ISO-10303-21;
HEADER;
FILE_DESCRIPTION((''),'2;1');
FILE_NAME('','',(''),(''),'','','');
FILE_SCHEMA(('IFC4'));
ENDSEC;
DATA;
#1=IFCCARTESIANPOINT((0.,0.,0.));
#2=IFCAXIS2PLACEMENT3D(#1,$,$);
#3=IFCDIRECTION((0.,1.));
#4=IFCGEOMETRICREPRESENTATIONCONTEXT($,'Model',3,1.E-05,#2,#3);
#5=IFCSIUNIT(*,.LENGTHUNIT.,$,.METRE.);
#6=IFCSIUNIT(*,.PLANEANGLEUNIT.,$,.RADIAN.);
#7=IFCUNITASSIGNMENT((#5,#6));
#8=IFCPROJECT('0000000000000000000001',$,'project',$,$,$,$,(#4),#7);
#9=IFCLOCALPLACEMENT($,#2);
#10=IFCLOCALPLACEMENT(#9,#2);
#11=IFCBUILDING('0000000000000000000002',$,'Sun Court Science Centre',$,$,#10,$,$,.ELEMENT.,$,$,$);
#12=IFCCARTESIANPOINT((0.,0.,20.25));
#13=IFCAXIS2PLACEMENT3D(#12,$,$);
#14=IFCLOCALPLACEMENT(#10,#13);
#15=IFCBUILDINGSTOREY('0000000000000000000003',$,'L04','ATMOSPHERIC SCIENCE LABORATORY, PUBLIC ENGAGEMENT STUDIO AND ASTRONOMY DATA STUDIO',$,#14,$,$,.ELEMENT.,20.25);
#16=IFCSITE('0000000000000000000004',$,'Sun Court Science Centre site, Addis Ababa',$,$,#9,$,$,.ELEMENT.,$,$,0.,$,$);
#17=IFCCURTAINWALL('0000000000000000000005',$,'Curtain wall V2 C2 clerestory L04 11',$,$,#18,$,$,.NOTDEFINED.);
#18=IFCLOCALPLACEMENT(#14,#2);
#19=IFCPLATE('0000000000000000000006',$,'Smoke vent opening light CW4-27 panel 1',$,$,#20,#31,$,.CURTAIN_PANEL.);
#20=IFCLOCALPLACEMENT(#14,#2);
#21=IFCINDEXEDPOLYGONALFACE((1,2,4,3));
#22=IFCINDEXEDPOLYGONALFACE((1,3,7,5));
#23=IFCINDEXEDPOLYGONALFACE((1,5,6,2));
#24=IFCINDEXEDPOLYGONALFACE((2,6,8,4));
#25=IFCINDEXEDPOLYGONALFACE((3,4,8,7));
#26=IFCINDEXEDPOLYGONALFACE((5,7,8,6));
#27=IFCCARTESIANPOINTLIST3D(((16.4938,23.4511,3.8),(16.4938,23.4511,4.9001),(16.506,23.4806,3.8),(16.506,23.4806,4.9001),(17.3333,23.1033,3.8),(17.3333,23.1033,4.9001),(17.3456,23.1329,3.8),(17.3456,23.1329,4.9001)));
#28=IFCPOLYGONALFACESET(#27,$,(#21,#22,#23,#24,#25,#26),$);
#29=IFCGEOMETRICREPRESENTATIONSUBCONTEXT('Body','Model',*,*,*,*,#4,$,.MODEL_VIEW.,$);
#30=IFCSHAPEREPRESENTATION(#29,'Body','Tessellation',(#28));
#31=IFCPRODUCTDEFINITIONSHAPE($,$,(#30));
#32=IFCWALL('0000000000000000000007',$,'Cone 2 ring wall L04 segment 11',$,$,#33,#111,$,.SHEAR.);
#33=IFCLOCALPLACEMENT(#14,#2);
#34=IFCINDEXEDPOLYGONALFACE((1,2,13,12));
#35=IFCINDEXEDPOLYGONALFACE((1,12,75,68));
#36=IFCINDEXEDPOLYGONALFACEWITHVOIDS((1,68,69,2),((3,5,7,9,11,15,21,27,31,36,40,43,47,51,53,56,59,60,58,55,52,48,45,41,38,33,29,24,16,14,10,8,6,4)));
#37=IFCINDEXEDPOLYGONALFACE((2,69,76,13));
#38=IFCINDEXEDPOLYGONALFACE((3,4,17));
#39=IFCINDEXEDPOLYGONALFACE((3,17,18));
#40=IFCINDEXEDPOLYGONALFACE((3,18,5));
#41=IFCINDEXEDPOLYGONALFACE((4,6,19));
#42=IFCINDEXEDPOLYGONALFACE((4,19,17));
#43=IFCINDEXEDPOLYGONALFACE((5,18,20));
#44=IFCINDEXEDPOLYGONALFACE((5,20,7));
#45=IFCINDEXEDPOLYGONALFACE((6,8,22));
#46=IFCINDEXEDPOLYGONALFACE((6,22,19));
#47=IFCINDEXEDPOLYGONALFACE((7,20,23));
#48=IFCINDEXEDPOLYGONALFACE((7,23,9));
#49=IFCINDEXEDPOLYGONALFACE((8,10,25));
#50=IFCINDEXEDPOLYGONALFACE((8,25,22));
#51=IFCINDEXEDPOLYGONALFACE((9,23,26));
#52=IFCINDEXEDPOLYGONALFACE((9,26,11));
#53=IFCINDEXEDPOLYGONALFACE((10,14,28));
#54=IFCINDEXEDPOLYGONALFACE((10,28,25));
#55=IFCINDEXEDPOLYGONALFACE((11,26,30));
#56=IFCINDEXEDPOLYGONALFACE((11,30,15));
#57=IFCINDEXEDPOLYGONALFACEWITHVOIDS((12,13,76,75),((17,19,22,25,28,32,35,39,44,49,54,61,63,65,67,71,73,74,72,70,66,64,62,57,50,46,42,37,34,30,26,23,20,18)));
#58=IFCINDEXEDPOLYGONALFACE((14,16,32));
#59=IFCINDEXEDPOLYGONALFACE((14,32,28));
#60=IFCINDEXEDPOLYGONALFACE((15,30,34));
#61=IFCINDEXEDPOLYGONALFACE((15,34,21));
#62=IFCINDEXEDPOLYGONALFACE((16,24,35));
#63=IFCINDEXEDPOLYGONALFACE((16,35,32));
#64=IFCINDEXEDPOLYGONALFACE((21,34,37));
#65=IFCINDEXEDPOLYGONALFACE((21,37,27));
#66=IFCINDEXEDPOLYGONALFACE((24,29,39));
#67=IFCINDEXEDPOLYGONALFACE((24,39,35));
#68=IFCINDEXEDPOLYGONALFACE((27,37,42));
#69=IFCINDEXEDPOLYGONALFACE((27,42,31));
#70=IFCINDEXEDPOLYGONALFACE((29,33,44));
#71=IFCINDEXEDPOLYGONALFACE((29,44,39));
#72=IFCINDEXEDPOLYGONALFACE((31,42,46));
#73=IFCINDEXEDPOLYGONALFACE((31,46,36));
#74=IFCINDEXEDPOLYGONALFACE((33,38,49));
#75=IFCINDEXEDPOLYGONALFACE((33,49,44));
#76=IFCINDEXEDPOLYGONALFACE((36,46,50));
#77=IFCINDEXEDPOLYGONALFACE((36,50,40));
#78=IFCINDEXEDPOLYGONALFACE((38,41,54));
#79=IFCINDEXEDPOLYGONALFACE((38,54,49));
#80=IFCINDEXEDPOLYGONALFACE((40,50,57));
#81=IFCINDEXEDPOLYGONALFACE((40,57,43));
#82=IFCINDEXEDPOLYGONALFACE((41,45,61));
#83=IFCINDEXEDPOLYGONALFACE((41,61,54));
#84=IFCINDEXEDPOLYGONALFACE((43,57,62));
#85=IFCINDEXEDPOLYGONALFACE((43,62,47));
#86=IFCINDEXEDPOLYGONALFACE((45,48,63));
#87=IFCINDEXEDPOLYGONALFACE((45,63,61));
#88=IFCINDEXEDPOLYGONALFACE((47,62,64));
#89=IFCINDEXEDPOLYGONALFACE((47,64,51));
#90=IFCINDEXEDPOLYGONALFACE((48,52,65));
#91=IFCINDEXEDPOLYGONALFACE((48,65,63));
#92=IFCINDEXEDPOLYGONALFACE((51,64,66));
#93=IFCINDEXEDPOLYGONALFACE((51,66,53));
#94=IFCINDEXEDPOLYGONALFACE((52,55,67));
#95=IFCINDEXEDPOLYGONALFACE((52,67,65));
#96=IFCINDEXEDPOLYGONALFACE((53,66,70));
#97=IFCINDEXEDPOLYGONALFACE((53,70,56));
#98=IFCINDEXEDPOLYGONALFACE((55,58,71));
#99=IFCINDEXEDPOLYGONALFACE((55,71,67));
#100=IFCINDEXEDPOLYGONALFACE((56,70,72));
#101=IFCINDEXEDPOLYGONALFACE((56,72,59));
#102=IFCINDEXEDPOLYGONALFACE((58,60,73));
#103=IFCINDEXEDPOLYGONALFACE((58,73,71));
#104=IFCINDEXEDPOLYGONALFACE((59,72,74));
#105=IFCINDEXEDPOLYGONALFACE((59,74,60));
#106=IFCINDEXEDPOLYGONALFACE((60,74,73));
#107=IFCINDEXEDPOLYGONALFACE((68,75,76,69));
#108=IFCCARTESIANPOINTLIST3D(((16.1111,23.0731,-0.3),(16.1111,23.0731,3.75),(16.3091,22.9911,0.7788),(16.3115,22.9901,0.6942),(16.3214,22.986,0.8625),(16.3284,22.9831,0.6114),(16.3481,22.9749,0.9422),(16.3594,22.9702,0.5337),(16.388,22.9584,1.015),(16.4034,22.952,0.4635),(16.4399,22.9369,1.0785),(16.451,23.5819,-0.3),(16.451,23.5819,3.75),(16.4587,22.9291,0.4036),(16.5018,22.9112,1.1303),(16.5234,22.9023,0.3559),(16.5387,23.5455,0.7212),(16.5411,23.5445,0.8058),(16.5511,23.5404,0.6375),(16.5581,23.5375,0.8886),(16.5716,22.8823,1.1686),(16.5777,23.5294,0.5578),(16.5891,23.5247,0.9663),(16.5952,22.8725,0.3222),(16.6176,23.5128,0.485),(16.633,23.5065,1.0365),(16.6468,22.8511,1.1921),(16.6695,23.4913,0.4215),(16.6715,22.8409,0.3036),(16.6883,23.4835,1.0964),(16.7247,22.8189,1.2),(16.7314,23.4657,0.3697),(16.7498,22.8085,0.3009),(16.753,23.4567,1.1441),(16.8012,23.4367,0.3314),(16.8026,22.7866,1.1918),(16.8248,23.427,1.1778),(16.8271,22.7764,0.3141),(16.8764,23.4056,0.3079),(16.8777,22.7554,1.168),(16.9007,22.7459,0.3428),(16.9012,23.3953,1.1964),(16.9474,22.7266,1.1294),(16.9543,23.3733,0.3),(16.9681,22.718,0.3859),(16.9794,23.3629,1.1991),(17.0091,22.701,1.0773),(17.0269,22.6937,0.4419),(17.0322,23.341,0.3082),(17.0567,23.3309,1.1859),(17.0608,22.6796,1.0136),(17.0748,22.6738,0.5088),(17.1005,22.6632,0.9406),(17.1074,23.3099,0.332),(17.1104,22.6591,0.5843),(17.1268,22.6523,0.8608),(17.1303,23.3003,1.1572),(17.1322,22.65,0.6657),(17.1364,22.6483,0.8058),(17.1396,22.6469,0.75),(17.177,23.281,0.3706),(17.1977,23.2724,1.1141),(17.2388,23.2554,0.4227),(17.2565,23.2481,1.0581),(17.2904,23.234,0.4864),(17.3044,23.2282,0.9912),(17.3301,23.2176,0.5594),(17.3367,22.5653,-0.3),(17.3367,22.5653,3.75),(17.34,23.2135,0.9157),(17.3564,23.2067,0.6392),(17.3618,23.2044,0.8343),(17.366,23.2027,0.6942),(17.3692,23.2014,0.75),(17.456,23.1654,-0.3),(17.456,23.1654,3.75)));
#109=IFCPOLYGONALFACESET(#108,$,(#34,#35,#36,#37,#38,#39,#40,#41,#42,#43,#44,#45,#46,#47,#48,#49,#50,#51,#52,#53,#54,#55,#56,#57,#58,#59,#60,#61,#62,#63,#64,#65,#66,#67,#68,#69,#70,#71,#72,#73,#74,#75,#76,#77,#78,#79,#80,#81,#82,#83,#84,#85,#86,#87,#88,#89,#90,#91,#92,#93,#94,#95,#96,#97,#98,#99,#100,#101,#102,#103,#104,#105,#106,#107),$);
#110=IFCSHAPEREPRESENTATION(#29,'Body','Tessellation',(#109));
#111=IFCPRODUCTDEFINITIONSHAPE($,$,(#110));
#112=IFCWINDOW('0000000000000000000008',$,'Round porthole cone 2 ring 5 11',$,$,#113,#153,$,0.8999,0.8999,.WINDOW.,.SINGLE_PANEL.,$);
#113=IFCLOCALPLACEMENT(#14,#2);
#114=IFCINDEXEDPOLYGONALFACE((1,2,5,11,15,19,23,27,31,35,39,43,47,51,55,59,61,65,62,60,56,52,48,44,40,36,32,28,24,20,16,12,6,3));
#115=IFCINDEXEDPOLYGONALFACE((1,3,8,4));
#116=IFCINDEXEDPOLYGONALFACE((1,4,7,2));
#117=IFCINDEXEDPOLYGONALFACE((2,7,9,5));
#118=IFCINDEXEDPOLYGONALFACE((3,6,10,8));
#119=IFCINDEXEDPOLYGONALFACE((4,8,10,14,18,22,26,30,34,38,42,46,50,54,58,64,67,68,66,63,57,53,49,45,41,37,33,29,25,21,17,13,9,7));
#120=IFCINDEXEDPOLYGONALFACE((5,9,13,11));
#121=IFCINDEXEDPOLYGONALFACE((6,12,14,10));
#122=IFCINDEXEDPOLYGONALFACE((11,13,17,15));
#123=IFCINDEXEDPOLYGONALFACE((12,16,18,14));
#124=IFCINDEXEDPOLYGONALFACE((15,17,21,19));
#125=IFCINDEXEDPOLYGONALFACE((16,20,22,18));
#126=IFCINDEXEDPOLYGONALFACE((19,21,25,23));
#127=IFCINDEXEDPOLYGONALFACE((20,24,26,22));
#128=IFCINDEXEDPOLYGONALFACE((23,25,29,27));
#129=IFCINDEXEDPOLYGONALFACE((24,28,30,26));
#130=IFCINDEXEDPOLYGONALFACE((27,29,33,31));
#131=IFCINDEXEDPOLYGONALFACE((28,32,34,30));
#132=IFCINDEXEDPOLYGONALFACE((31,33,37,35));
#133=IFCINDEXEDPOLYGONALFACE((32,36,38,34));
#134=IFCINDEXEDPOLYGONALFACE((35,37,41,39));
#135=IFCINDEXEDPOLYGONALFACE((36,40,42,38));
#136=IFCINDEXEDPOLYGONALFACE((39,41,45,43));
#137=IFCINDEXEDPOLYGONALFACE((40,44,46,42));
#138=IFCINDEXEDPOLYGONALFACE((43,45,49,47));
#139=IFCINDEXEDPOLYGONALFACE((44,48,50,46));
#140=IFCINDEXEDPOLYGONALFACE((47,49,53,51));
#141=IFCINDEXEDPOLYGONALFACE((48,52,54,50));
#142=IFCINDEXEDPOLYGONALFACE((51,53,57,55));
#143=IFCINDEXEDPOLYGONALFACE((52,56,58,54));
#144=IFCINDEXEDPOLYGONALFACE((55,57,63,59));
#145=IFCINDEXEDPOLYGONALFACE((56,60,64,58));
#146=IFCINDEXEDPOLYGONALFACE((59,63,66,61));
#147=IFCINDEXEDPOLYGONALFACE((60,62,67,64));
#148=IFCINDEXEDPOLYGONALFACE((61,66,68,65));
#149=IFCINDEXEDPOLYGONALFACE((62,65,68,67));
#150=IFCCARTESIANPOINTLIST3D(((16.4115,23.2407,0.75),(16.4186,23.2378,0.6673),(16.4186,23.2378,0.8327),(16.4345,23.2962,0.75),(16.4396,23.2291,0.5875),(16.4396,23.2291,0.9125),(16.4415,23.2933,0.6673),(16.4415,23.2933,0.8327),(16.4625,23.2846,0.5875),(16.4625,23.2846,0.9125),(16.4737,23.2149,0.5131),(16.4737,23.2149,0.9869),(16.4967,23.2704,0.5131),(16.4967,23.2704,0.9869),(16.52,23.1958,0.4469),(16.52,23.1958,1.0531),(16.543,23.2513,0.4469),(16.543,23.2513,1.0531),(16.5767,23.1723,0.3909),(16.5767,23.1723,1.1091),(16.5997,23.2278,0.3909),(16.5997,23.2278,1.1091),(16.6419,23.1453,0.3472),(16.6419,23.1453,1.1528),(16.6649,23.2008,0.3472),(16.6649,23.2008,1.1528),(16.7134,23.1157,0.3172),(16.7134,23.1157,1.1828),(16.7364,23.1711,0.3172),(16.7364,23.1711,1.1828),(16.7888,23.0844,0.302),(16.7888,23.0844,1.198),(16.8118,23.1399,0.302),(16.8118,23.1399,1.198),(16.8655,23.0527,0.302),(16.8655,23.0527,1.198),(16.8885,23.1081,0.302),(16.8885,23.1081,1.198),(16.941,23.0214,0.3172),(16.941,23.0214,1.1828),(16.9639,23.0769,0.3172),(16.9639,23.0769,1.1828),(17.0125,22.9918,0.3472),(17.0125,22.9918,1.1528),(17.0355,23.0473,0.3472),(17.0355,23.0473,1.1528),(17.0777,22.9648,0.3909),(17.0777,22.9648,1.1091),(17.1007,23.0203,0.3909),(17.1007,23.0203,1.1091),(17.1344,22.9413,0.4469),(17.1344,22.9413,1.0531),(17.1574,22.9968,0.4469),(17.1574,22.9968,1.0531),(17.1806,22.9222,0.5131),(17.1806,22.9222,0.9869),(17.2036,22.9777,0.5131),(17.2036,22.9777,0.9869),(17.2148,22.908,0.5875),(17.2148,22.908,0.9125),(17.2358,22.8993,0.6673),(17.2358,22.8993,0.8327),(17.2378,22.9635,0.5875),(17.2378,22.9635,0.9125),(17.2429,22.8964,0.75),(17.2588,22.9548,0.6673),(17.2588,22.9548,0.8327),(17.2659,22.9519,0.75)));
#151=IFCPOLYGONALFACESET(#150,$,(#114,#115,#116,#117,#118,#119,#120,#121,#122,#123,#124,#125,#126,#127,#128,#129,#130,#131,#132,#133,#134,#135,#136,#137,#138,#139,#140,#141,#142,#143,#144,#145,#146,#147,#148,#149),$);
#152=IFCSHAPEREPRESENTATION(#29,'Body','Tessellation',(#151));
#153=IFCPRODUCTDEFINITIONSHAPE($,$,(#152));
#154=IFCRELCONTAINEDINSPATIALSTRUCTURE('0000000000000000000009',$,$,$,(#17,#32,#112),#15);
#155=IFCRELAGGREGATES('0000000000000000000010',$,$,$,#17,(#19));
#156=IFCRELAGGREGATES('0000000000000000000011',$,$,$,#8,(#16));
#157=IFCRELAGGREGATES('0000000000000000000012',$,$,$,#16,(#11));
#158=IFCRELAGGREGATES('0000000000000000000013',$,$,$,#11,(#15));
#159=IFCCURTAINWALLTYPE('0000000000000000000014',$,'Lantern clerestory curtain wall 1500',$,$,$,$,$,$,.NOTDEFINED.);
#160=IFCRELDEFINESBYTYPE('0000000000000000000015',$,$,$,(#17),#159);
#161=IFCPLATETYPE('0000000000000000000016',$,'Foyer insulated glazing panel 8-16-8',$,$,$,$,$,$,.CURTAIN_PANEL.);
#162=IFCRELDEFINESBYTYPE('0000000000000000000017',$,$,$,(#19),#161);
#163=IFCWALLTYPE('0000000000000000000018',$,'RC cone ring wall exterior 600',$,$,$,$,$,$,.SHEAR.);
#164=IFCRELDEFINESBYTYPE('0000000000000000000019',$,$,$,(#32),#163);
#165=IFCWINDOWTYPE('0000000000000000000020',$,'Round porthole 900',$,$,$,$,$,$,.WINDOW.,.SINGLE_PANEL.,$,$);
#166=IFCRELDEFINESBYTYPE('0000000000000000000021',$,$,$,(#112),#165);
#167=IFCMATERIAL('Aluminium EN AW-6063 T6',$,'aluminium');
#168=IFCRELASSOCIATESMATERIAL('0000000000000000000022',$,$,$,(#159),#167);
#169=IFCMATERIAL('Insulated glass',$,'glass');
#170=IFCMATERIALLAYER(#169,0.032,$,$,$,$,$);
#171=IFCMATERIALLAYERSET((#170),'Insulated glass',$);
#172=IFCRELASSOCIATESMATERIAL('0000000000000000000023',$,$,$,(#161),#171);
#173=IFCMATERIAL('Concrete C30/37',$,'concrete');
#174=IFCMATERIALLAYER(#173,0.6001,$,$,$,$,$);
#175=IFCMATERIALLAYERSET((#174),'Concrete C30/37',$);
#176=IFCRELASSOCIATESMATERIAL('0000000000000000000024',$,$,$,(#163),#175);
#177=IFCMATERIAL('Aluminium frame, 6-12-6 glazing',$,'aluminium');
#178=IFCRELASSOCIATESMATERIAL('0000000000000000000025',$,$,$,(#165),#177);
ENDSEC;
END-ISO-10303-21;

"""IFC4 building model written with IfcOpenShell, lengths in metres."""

from ifc_helpers import new_model, si_unit, direction, frame, frame_2d, origin, origin_2d, place, context, subcontext, project, spatial, polyline, rectangle, circle, outline, extrude, material, layer, layer_set, type_object, element, fill, aggregate, save


model = new_model("IFC4")

# Units and contexts
model_context = context("Model", 3, precision=1e-05, world=origin(), true_north=direction((0.0, 1.0)))
body_context = subcontext(model_context, "Body", "Model", "MODEL_VIEW")
ifc_project = project(units=[si_unit("LENGTHUNIT", "METRE"), si_unit("PLANEANGLEUNIT", "RADIAN")], contexts=[model_context])

# Site, building, storey
site_placement = place(None, origin())
site = spatial("IfcSite", under=ifc_project, at=site_placement, Name="Sun Court Science Centre site, Addis Ababa", CompositionType="ELEMENT", RefElevation=0.0)
building_placement = place(site_placement, origin())
building = spatial("IfcBuilding", under=site, at=building_placement, Name="Sun Court Science Centre", CompositionType="ELEMENT")
storey_placement = place(building_placement, frame((0.0, 0.0, 20.25)))
storey = spatial("IfcBuildingStorey", under=building, at=storey_placement, Name="L04", Description="ATMOSPHERIC SCIENCE LABORATORY, PUBLIC ENGAGEMENT STUDIO AND ASTRONOMY DATA STUDIO", CompositionType="ELEMENT", Elevation=20.25)

# Curtain wall
ifc_material_1 = material(Name="Aluminium EN AW-6063 T6", Category="aluminium")
curtain_wall_type = type_object("IfcCurtainWallType", Name="Lantern clerestory curtain wall 1500", PredefinedType="NOTDEFINED", material=ifc_material_1)
curtain_wall_1_placement = place(storey_placement, origin())
curtain_wall_1 = element("IfcCurtainWall", 1, at=curtain_wall_1_placement, inside=storey, type_object=curtain_wall_type, Name="Curtain wall V2 C2 clerestory L04 11", PredefinedType="NOTDEFINED")

# Plate
ifc_material_2 = material(Name="Insulated glass", Category="glass")
ifc_layer_1 = layer(ifc_material_2, 0.032)
ifc_layer_set_1 = layer_set([ifc_layer_1], Name="Insulated glass")
plate_type = type_object("IfcPlateType", Name="Foyer insulated glazing panel 8-16-8", PredefinedType="CURTAIN_PANEL", material=ifc_layer_set_1)
plate_1_placement = place(storey_placement, frame((16.9197, 23.292, 3.8), z_axis=(0.0, 0.0, 1.0), x_axis=(-0.92388, 0.382683, 0.0)))
plate_1 = element("IfcPlate", 2, at=plate_1_placement, type_object=plate_type, Name="Smoke vent opening light CW4-27 panel 1", PredefinedType="CURTAIN_PANEL", context=body_context, shape_type="SweptSolid", body=[
    extrude(rectangle(XDim=0.9087, YDim=0.032, at=origin_2d()), origin(), (0.0, 0.0, 1.0), 1.1001),
])
aggregate(curtain_wall_1, [plate_1])

# Wall, opening, window
ifc_material_3 = material(Name="Concrete C30/37", Category="concrete")
ifc_layer_2 = layer(ifc_material_3, 0.6001)
ifc_layer_set_2 = layer_set([ifc_layer_2], Name="Concrete C30/37")
wall_type = type_object("IfcWallType", Name="RC cone ring wall exterior 600", PredefinedType="SHEAR", material=ifc_layer_set_2)
wall_1_placement = place(storey_placement, frame((16.2258, 23.3501, -0.3), z_axis=(0.0, 0.0, 1.0), x_axis=(0.923902, -0.382628, 0.0)))
wall_1 = element("IfcWall", 3, at=wall_1_placement, inside=storey, type_object=wall_type, Name="Cone 2 ring wall L04 segment 11", PredefinedType="SHEAR", context=body_context, shape_type="SweptSolid", body=[
    extrude(outline(polyline([(0.0, -0.2998), (1.3267, -0.3), (1.2073, 0.3), (0.1194, 0.3003), (0.0, -0.2998)])), origin(), (0.0, 0.0, 1.0), 4.05),
])
opening_1_placement = place(wall_1_placement, frame((0.2134, 0.0, 0.6001)))
opening_1 = element("IfcOpeningElement", 4, at=opening_1_placement, cuts=wall_1, PredefinedType="OPENING", context=body_context, shape_type="SweptSolid", body=[
    extrude(circle(Radius=0.45, at=frame_2d((0.45, 0.45))), frame((0.0, 0.3101, 0.0), z_axis=(0.0, -1.0, 0.0), x_axis=(1.0, 0.0, 0.0)), (0.0, 0.0, 1.0), 0.6201),
])
ifc_material_4 = material(Name="Aluminium frame, 6-12-6 glazing", Category="aluminium")
window_type = type_object("IfcWindowType", Name="Round porthole 900", PartitioningType="SINGLE_PANEL", PredefinedType="WINDOW", material=ifc_material_4)
window_1_placement = place(opening_1_placement, origin())
window_1 = element("IfcWindow", 5, at=window_1_placement, inside=storey, type_object=window_type, Name="Round porthole cone 2 ring 5 11", OverallHeight=0.8999, OverallWidth=0.8999, PartitioningType="SINGLE_PANEL", PredefinedType="WINDOW", context=body_context, shape_type="SweptSolid", body=[
    extrude(circle(Radius=0.45, at=frame_2d((0.45, 0.45))), frame((0.0, 0.03, 0.0), z_axis=(0.0, -1.0, 0.0), x_axis=(1.0, 0.0, 0.0)), (0.0, 0.0, 1.0), 0.0601),
])
fill(opening_1, window_1)

save(model, "model.ifc")
